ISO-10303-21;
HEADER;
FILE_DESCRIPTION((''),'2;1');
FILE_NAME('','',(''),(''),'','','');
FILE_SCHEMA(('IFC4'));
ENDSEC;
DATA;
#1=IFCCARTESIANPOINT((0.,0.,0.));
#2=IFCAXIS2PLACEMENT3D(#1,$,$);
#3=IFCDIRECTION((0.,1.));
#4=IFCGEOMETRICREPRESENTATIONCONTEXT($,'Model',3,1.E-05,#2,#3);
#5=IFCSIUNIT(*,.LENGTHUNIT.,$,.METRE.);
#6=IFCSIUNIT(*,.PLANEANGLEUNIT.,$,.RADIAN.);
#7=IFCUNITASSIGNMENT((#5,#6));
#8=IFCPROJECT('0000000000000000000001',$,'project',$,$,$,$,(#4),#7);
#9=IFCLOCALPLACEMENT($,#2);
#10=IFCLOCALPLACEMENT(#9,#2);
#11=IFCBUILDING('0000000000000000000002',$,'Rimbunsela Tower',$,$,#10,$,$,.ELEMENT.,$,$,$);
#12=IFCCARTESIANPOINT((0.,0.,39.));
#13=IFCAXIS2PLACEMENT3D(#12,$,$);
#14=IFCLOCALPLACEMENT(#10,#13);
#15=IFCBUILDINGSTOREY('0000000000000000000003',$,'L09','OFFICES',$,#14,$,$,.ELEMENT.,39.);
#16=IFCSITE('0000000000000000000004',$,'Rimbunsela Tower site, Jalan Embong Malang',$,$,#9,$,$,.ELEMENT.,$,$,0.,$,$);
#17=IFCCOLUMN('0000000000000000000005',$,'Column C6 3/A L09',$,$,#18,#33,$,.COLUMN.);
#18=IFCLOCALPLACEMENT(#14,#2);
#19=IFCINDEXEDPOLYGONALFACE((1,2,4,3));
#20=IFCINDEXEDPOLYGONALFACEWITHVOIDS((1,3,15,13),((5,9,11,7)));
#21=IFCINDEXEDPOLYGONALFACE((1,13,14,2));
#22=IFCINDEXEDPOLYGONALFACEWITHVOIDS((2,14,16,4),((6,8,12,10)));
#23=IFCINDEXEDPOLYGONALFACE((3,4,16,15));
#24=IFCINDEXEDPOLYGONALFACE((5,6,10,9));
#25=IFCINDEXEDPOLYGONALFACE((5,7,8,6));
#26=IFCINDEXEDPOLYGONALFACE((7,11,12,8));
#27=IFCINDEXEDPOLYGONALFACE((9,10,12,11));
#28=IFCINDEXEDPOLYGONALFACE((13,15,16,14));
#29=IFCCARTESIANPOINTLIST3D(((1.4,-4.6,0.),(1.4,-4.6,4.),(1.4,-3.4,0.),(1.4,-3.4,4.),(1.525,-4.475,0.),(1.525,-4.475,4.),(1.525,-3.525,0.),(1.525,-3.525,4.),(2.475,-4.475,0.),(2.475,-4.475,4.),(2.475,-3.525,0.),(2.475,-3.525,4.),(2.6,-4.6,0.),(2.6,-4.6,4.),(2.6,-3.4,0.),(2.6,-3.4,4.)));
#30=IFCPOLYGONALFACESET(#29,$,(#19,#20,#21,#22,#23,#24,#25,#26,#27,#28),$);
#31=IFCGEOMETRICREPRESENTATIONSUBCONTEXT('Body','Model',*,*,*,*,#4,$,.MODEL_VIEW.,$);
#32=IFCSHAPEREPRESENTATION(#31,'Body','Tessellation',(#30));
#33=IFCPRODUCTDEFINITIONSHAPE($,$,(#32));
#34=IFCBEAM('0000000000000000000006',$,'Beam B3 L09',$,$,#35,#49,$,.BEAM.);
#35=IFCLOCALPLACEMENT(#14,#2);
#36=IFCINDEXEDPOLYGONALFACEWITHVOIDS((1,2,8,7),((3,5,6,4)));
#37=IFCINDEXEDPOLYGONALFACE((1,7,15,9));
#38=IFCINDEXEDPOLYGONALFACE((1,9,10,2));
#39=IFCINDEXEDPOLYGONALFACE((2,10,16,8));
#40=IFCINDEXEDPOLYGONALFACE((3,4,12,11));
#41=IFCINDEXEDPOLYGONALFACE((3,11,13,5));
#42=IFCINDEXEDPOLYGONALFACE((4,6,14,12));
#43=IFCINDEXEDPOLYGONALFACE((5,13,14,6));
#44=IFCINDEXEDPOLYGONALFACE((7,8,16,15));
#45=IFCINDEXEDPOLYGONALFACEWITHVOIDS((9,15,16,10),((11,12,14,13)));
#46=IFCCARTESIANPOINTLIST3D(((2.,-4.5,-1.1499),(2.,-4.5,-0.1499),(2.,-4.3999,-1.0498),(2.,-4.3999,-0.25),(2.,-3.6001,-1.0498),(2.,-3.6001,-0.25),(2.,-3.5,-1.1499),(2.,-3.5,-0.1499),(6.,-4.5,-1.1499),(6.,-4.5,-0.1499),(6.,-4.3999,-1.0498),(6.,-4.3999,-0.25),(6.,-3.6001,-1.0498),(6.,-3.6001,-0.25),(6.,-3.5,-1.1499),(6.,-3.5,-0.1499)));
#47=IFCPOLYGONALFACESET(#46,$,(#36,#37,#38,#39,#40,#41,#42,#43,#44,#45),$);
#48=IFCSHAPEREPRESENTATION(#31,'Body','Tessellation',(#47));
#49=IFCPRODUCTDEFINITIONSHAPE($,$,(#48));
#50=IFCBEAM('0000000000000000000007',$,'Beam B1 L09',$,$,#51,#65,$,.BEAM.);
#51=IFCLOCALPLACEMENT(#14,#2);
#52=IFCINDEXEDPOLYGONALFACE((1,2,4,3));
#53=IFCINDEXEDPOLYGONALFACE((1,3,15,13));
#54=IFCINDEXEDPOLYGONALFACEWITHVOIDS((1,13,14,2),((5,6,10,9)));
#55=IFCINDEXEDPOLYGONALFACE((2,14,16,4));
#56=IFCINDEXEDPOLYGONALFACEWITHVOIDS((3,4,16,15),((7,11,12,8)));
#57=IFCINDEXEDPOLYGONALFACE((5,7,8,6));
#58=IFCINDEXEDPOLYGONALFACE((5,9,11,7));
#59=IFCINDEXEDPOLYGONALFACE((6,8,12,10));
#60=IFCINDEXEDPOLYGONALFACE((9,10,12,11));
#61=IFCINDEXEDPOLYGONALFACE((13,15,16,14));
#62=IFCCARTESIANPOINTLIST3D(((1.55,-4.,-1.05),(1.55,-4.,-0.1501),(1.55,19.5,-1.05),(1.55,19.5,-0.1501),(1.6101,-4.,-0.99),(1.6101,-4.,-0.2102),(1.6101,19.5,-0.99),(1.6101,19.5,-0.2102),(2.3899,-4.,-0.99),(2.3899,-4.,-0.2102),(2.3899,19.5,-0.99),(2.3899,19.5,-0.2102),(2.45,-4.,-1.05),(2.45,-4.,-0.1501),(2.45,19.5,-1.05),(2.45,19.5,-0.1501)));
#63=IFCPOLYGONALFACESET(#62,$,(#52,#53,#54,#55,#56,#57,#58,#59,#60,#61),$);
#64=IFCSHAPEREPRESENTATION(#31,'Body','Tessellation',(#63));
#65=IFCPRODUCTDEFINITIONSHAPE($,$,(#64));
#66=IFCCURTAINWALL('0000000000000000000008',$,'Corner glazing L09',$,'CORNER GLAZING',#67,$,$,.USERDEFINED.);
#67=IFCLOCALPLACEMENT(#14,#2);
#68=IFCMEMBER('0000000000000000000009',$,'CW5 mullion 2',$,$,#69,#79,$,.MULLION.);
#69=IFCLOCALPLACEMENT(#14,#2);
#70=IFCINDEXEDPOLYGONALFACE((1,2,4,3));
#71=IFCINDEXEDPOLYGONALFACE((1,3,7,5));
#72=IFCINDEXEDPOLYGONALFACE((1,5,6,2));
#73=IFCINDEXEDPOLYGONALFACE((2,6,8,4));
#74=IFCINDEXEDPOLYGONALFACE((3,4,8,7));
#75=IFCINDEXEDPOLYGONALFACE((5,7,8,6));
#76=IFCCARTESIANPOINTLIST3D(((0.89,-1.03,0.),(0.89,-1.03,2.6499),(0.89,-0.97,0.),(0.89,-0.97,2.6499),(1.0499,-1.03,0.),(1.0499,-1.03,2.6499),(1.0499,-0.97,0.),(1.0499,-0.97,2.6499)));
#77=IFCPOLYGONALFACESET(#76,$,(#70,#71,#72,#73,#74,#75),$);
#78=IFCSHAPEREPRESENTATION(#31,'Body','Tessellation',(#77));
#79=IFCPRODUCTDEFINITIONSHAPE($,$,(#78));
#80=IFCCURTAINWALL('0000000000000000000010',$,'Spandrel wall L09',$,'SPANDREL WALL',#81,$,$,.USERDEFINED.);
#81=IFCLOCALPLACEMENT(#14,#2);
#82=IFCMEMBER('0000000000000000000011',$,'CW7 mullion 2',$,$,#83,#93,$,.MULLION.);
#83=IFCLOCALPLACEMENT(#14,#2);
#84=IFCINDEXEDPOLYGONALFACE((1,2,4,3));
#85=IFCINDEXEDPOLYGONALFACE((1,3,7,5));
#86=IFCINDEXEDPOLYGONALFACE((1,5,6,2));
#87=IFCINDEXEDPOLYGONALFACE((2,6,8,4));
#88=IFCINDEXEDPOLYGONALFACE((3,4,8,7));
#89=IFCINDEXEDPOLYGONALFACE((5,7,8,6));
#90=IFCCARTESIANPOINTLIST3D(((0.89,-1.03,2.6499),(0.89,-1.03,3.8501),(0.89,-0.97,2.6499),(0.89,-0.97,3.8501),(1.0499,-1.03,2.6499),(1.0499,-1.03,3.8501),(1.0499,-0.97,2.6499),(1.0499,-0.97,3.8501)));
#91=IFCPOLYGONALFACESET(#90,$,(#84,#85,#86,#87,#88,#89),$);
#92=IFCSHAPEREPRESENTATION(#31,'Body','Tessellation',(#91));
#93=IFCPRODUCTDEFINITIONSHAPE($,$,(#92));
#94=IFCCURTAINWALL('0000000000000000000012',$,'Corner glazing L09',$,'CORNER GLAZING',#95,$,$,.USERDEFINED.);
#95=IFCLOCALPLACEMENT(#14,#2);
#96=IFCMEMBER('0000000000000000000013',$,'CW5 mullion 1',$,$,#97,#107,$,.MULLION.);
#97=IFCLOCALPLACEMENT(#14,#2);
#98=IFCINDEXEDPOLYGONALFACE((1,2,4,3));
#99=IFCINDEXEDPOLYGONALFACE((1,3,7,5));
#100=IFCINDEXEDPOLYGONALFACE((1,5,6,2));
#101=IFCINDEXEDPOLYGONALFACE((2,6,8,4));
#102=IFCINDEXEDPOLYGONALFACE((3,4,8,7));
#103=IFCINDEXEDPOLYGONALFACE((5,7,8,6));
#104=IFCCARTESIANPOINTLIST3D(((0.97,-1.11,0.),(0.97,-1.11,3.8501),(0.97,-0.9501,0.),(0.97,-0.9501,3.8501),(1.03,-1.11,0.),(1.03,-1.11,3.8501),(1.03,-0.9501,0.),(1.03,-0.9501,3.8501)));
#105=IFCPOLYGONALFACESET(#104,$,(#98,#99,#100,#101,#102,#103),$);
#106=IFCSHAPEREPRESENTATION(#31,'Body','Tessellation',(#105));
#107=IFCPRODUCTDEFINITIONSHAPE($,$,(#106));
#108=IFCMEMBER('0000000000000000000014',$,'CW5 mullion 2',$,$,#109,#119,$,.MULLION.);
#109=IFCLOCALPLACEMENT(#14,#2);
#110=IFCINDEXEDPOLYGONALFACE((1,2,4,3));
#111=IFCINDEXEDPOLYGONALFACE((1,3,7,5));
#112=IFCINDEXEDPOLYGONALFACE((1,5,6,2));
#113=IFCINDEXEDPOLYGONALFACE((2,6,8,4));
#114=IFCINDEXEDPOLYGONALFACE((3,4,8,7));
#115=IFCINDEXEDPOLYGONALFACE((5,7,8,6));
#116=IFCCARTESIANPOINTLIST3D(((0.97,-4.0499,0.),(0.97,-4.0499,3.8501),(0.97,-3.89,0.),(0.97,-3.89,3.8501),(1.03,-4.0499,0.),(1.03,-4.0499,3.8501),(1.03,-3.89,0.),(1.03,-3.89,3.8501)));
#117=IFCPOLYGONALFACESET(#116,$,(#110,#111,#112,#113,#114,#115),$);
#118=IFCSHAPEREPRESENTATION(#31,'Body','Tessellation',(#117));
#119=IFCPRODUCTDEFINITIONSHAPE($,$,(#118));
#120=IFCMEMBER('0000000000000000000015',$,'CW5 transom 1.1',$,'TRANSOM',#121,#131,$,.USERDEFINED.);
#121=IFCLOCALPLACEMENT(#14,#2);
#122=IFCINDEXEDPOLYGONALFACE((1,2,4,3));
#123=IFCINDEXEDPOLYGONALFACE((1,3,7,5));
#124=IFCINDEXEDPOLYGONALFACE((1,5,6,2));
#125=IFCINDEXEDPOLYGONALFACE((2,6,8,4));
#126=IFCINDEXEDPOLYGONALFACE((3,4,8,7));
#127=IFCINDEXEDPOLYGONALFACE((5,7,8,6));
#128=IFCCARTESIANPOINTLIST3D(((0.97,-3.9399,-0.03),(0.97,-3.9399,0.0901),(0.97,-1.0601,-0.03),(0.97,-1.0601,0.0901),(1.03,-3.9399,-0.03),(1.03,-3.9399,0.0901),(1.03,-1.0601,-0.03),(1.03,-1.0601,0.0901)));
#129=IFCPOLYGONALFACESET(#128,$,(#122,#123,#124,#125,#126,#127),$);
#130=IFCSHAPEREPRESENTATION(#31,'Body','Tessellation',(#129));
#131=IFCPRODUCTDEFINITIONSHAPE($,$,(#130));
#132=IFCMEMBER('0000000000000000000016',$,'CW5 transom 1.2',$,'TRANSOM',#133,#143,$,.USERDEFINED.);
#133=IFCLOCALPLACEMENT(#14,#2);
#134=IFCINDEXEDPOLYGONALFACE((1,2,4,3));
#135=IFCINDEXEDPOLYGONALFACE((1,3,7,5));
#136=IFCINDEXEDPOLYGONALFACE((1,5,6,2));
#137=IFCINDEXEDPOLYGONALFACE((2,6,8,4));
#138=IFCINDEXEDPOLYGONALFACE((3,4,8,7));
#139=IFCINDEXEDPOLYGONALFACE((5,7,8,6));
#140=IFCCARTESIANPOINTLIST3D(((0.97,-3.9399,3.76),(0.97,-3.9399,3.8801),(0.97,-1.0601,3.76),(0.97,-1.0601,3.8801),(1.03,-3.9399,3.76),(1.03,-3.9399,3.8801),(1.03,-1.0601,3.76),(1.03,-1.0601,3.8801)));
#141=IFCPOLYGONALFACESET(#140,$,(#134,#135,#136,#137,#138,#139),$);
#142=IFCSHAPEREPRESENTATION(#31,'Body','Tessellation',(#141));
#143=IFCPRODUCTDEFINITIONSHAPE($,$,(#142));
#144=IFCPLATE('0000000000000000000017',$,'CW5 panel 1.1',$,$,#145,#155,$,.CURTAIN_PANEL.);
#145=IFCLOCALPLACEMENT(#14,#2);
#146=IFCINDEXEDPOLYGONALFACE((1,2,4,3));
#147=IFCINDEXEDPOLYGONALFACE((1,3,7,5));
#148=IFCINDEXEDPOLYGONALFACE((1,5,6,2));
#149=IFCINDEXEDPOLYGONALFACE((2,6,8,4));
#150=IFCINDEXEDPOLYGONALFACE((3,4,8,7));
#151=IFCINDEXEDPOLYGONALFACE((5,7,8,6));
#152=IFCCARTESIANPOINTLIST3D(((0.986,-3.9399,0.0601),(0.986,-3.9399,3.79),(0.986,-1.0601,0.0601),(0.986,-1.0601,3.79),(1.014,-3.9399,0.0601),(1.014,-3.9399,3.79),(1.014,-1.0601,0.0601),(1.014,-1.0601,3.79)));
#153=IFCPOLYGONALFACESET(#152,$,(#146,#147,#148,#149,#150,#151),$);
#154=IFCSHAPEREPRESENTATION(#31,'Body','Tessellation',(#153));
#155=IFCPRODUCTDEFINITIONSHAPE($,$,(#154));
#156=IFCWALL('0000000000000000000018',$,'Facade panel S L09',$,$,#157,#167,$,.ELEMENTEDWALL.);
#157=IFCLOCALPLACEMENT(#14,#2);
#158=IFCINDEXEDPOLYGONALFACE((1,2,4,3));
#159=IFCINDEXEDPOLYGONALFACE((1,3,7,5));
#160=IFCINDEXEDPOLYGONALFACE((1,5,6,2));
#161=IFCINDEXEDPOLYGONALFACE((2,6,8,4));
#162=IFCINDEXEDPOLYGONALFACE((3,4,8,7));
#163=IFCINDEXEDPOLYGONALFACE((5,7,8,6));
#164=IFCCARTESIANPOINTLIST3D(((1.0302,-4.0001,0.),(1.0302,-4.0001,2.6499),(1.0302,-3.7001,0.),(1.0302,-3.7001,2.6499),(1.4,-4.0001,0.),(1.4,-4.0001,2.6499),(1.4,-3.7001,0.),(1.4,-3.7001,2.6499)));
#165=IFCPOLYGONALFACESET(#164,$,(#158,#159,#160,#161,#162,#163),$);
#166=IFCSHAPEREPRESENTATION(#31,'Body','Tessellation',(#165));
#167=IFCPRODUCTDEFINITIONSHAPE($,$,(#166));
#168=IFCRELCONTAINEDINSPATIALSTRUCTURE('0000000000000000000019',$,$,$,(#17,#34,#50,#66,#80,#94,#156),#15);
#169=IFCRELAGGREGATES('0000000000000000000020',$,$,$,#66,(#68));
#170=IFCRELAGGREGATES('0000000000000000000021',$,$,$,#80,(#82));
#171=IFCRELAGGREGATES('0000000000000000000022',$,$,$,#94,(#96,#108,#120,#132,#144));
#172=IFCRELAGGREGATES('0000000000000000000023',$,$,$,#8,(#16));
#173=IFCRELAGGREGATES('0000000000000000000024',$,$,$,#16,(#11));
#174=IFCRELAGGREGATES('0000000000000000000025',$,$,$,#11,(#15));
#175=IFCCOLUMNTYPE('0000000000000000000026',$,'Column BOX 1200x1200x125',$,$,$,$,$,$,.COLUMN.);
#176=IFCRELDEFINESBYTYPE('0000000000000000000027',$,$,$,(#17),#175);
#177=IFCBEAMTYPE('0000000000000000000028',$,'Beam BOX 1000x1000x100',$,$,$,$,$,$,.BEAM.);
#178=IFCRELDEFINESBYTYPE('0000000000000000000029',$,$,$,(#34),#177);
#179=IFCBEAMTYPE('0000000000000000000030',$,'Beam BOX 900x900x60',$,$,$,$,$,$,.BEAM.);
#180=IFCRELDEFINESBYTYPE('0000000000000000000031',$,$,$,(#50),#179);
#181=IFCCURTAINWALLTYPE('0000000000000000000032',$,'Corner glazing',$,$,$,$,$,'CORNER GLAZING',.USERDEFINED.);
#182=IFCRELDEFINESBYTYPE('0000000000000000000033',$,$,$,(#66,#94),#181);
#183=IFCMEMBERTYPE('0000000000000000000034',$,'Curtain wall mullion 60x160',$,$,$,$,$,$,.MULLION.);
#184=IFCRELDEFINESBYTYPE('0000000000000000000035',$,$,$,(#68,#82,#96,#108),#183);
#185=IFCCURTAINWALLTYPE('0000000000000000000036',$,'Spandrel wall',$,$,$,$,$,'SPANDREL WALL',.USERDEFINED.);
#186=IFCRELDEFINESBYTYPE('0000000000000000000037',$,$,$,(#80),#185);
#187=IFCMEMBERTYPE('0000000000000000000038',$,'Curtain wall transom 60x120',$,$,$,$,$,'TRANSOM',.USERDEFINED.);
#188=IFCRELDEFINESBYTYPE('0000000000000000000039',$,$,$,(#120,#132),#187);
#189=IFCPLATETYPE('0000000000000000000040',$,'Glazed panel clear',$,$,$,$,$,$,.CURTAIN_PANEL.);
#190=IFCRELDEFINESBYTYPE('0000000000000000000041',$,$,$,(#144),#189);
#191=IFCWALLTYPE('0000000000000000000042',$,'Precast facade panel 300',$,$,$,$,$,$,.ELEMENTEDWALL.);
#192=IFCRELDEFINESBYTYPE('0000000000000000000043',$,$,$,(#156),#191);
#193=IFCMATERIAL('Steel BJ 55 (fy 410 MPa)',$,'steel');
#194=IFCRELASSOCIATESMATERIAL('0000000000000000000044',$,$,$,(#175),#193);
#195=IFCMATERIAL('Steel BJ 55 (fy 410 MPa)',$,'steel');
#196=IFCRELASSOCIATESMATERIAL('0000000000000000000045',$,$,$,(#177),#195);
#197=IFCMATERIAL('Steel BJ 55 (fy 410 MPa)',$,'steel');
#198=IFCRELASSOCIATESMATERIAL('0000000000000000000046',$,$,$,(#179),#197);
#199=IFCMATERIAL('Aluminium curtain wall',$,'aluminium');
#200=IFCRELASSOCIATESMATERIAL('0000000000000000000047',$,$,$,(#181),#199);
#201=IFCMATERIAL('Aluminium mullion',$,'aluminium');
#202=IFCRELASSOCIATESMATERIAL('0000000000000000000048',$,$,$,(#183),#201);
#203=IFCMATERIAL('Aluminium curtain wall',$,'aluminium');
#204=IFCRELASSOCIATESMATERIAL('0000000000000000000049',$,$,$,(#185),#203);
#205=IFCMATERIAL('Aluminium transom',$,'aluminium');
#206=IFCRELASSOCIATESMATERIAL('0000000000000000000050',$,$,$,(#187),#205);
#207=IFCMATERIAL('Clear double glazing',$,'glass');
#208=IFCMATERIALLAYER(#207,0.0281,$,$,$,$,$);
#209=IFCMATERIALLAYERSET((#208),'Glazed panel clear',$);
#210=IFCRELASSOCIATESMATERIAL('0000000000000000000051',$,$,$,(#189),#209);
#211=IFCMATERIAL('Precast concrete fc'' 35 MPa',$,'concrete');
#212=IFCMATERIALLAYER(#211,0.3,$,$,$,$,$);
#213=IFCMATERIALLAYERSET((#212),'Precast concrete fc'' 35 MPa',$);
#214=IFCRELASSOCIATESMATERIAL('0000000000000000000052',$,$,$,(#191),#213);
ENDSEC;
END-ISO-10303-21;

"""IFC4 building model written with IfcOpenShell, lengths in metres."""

from ifc_helpers import new_model, si_unit, direction, frame, frame_2d, origin, origin_2d, place, context, subcontext, project, spatial, rectangle, hollow_rectangle, extrude, material, layer, layer_set, material_profile, profile_set, type_object, element, aggregate, save


model = new_model("IFC4")

# Units and contexts
model_context = context("Model", 3, precision=1e-05, world=origin(), true_north=direction((0.0, 1.0)))
body_context = subcontext(model_context, "Body", "Model", "MODEL_VIEW")
ifc_project = project(units=[si_unit("LENGTHUNIT", "METRE"), si_unit("PLANEANGLEUNIT", "RADIAN")], contexts=[model_context])

# Site, building, storey
site_placement = place(None, origin())
site = spatial("IfcSite", under=ifc_project, at=site_placement, Name="Rimbunsela Tower site, Jalan Embong Malang", CompositionType="ELEMENT", RefElevation=0.0)
building_placement = place(site_placement, origin())
building = spatial("IfcBuilding", under=site, at=building_placement, Name="Rimbunsela Tower", CompositionType="ELEMENT")
storey_placement = place(building_placement, frame((0.0, 0.0, 39.0)))
storey = spatial("IfcBuildingStorey", under=building, at=storey_placement, Name="L09", Description="OFFICES", CompositionType="ELEMENT", Elevation=39.0)

# Column
ifc_material_1 = material(Name="Steel BJ 55 (fy 410 MPa)", Category="steel")
ifc_material_profile_1 = material_profile(ifc_material_1, hollow_rectangle(XDim=1.2, YDim=1.2, WallThickness=0.125, at=origin_2d()), Name="BOX 1200x1200x125")
ifc_profile_set_1 = profile_set([ifc_material_profile_1], Name="Steel BJ 55 (fy 410 MPa)")
column_type = type_object("IfcColumnType", Name="Column BOX 1200x1200x125", PredefinedType="COLUMN", material=ifc_profile_set_1)
column_placement = place(storey_placement, frame((2.0, -4.0, 0.0), z_axis=(0.0, 0.0, 1.0), x_axis=(1.0, 0.0, 0.0)))
element("IfcColumn", 1, at=column_placement, inside=storey, type_object=column_type, Name="Column C6 3/A L09", PredefinedType="COLUMN", context=body_context, shape_type="SweptSolid", body=[
    extrude(hollow_rectangle(XDim=1.2, YDim=1.2, WallThickness=0.125, at=origin_2d()), origin(), (0.0, 0.0, 1.0), 4.0),
])

# Beams
ifc_material_2 = material(Name="Steel BJ 55 (fy 410 MPa)", Category="steel")
ifc_material_profile_2 = material_profile(ifc_material_2, hollow_rectangle(XDim=1.0, YDim=1.0, WallThickness=0.1001, at=origin_2d()), Name="BOX 1000x1000x100")
ifc_profile_set_2 = profile_set([ifc_material_profile_2], Name="Steel BJ 55 (fy 410 MPa)")
beam_type_1 = type_object("IfcBeamType", Name="Beam BOX 1000x1000x100", PredefinedType="BEAM", material=ifc_profile_set_2)
beam_1_placement = place(storey_placement, frame((2.0, -4.0, -0.6499), z_axis=(1.0, 0.0, 0.0), x_axis=(0.0, 1.0, 0.0)))
element("IfcBeam", 2, at=beam_1_placement, inside=storey, type_object=beam_type_1, Name="Beam B3 L09", PredefinedType="BEAM", context=body_context, shape_type="SweptSolid", body=[
    extrude(hollow_rectangle(XDim=1.0, YDim=1.0, WallThickness=0.1001, at=origin_2d()), origin(), (0.0, 0.0, 1.0), 4.0),
])
ifc_material_3 = material(Name="Steel BJ 55 (fy 410 MPa)", Category="steel")
ifc_material_profile_3 = material_profile(ifc_material_3, hollow_rectangle(XDim=0.8999, YDim=0.8999, WallThickness=0.0601, at=origin_2d()), Name="BOX 900x900x60")
ifc_profile_set_3 = profile_set([ifc_material_profile_3], Name="Steel BJ 55 (fy 410 MPa)")
beam_type_2 = type_object("IfcBeamType", Name="Beam BOX 900x900x60", PredefinedType="BEAM", material=ifc_profile_set_3)
beam_2_placement = place(storey_placement, frame((2.0, -4.0, -0.6001), z_axis=(0.0, 1.0, 0.0), x_axis=(-1.0, 0.0, 0.0)))
element("IfcBeam", 3, at=beam_2_placement, inside=storey, type_object=beam_type_2, Name="Beam B1 L09", PredefinedType="BEAM", context=body_context, shape_type="SweptSolid", body=[
    extrude(hollow_rectangle(XDim=0.8999, YDim=0.8999, WallThickness=0.0601, at=origin_2d()), origin(), (0.0, 0.0, 1.0), 23.5),
])

# Curtain walls, members
ifc_material_4 = material(Name="Aluminium curtain wall", Category="aluminium")
curtain_wall_type_1 = type_object("IfcCurtainWallType", Name="Corner glazing", ElementType="CORNER GLAZING", PredefinedType="USERDEFINED", material=ifc_material_4)
curtain_wall_1_placement = place(storey_placement, origin())
curtain_wall_1 = element("IfcCurtainWall", 4, at=curtain_wall_1_placement, inside=storey, type_object=curtain_wall_type_1, Name="Corner glazing L09", ObjectType="CORNER GLAZING", PredefinedType="USERDEFINED")
ifc_material_5 = material(Name="Aluminium mullion", Category="aluminium")
ifc_material_profile_4 = material_profile(ifc_material_5, rectangle(XDim=0.0601, YDim=0.1599, at=origin_2d()), Name="Mullion 60x160")
ifc_profile_set_4 = profile_set([ifc_material_profile_4], Name="Aluminium mullion")
member_type_1 = type_object("IfcMemberType", Name="Curtain wall mullion 60x160", PredefinedType="MULLION", material=ifc_profile_set_4)
member_1_placement = place(storey_placement, frame((0.97, -1.0, 0.0), z_axis=(0.0, 0.0, 1.0), x_axis=(0.0, 1.0, 0.0)))
member_1 = element("IfcMember", 5, at=member_1_placement, type_object=member_type_1, Name="CW5 mullion 2", PredefinedType="MULLION", context=body_context, shape_type="SweptSolid", body=[
    extrude(rectangle(XDim=0.0601, YDim=0.1599, at=origin_2d()), origin(), (0.0, 0.0, 1.0), 2.6499),
])
aggregate(curtain_wall_1, [member_1])
ifc_material_6 = material(Name="Aluminium curtain wall", Category="aluminium")
curtain_wall_type_2 = type_object("IfcCurtainWallType", Name="Spandrel wall", ElementType="SPANDREL WALL", PredefinedType="USERDEFINED", material=ifc_material_6)
curtain_wall_2_placement = place(storey_placement, origin())
curtain_wall_2 = element("IfcCurtainWall", 6, at=curtain_wall_2_placement, inside=storey, type_object=curtain_wall_type_2, Name="Spandrel wall L09", ObjectType="SPANDREL WALL", PredefinedType="USERDEFINED")
member_2_placement = place(storey_placement, frame((0.97, -1.0, 2.6499), z_axis=(0.0, 0.0, 1.0), x_axis=(0.0, 1.0, 0.0)))
member_2 = element("IfcMember", 7, at=member_2_placement, type_object=member_type_1, Name="CW7 mullion 2", PredefinedType="MULLION", context=body_context, shape_type="SweptSolid", body=[
    extrude(rectangle(XDim=0.0601, YDim=0.1599, at=origin_2d()), origin(), (0.0, 0.0, 1.0), 1.2002),
])
aggregate(curtain_wall_2, [member_2])

# Curtain wall, members, plate
curtain_wall_3_placement = place(storey_placement, origin())
curtain_wall_3 = element("IfcCurtainWall", 8, at=curtain_wall_3_placement, inside=storey, type_object=curtain_wall_type_1, Name="Corner glazing L09", ObjectType="CORNER GLAZING", PredefinedType="USERDEFINED")
member_3_placement = place(storey_placement, frame((1.0, -1.03, 0.0), z_axis=(0.0, 0.0, 1.0), x_axis=(1.0, 0.0, 0.0)))
member_3 = element("IfcMember", 9, at=member_3_placement, type_object=member_type_1, Name="CW5 mullion 1", PredefinedType="MULLION", context=body_context, shape_type="SweptSolid", body=[
    extrude(rectangle(XDim=0.0601, YDim=0.1599, at=origin_2d()), origin(), (0.0, 0.0, 1.0), 3.8501),
])
member_4_placement = place(storey_placement, frame((1.0, -3.97, 0.0), z_axis=(0.0, 0.0, 1.0), x_axis=(1.0, 0.0, 0.0)))
member_4 = element("IfcMember", 10, at=member_4_placement, type_object=member_type_1, Name="CW5 mullion 2", PredefinedType="MULLION", context=body_context, shape_type="SweptSolid", body=[
    extrude(rectangle(XDim=0.0601, YDim=0.1599, at=origin_2d()), origin(), (0.0, 0.0, 1.0), 3.8501),
])
ifc_material_7 = material(Name="Aluminium transom", Category="aluminium")
ifc_material_profile_5 = material_profile(ifc_material_7, rectangle(XDim=0.0601, YDim=0.1201, at=origin_2d()), Name="Transom 60x120")
ifc_profile_set_5 = profile_set([ifc_material_profile_5], Name="Aluminium transom")
member_type_2 = type_object("IfcMemberType", Name="Curtain wall transom 60x120", ElementType="TRANSOM", PredefinedType="USERDEFINED", material=ifc_profile_set_5)
member_5_placement = place(storey_placement, frame((1.0, -1.0601, 0.03), z_axis=(0.0, -1.0, 0.0), x_axis=(1.0, 0.0, 0.0)))
member_5 = element("IfcMember", 11, at=member_5_placement, type_object=member_type_2, Name="CW5 transom 1.1", ObjectType="TRANSOM", PredefinedType="USERDEFINED", context=body_context, shape_type="SweptSolid", body=[
    extrude(rectangle(XDim=0.0601, YDim=0.1201, at=origin_2d()), origin(), (0.0, 0.0, 1.0), 2.8799),
])
member_6_placement = place(storey_placement, frame((1.0, -1.0601, 3.8201), z_axis=(0.0, -1.0, 0.0), x_axis=(1.0, 0.0, 0.0)))
member_6 = element("IfcMember", 12, at=member_6_placement, type_object=member_type_2, Name="CW5 transom 1.2", ObjectType="TRANSOM", PredefinedType="USERDEFINED", context=body_context, shape_type="SweptSolid", body=[
    extrude(rectangle(XDim=0.0601, YDim=0.1201, at=origin_2d()), origin(), (0.0, 0.0, 1.0), 2.8799),
])
ifc_material_8 = material(Name="Clear double glazing", Category="glass")
ifc_layer_1 = layer(ifc_material_8, 0.0281)
ifc_layer_set_1 = layer_set([ifc_layer_1], Name="Glazed panel clear")
plate_type = type_object("IfcPlateType", Name="Glazed panel clear", PredefinedType="CURTAIN_PANEL", material=ifc_layer_set_1)
plate_placement = place(storey_placement, frame((1.0, -2.5, 0.0601), z_axis=(0.0, 0.0, 1.0), x_axis=(0.0, -1.0, 0.0)))
plate = element("IfcPlate", 13, at=plate_placement, type_object=plate_type, Name="CW5 panel 1.1", PredefinedType="CURTAIN_PANEL", context=body_context, shape_type="SweptSolid", body=[
    extrude(rectangle(XDim=2.8799, YDim=0.0281, at=origin_2d()), origin(), (0.0, 0.0, 1.0), 3.73),
])
aggregate(curtain_wall_3, [member_3, member_4, member_5, member_6, plate])

# Wall
ifc_material_9 = material(Name="Precast concrete fc' 35 MPa", Category="concrete")
ifc_layer_2 = layer(ifc_material_9, 0.3)
ifc_layer_set_2 = layer_set([ifc_layer_2], Name="Precast concrete fc' 35 MPa")
wall_type = type_object("IfcWallType", Name="Precast facade panel 300", PredefinedType="ELEMENTEDWALL", material=ifc_layer_set_2)
wall_1_placement = place(storey_placement, frame((1.03, -3.8501, 0.0), z_axis=(0.0, 0.0, 1.0), x_axis=(1.0, 0.0, 0.0)))
element("IfcWall", 14, at=wall_1_placement, inside=storey, type_object=wall_type, Name="Facade panel S L09", PredefinedType="ELEMENTEDWALL", context=body_context, shape_type="SweptSolid", body=[
    extrude(rectangle(XDim=0.3699, YDim=0.3, at=frame_2d((0.1851, 0.0))), origin(), (0.0, 0.0, 1.0), 2.6499),
])

save(model, "model.ifc")
